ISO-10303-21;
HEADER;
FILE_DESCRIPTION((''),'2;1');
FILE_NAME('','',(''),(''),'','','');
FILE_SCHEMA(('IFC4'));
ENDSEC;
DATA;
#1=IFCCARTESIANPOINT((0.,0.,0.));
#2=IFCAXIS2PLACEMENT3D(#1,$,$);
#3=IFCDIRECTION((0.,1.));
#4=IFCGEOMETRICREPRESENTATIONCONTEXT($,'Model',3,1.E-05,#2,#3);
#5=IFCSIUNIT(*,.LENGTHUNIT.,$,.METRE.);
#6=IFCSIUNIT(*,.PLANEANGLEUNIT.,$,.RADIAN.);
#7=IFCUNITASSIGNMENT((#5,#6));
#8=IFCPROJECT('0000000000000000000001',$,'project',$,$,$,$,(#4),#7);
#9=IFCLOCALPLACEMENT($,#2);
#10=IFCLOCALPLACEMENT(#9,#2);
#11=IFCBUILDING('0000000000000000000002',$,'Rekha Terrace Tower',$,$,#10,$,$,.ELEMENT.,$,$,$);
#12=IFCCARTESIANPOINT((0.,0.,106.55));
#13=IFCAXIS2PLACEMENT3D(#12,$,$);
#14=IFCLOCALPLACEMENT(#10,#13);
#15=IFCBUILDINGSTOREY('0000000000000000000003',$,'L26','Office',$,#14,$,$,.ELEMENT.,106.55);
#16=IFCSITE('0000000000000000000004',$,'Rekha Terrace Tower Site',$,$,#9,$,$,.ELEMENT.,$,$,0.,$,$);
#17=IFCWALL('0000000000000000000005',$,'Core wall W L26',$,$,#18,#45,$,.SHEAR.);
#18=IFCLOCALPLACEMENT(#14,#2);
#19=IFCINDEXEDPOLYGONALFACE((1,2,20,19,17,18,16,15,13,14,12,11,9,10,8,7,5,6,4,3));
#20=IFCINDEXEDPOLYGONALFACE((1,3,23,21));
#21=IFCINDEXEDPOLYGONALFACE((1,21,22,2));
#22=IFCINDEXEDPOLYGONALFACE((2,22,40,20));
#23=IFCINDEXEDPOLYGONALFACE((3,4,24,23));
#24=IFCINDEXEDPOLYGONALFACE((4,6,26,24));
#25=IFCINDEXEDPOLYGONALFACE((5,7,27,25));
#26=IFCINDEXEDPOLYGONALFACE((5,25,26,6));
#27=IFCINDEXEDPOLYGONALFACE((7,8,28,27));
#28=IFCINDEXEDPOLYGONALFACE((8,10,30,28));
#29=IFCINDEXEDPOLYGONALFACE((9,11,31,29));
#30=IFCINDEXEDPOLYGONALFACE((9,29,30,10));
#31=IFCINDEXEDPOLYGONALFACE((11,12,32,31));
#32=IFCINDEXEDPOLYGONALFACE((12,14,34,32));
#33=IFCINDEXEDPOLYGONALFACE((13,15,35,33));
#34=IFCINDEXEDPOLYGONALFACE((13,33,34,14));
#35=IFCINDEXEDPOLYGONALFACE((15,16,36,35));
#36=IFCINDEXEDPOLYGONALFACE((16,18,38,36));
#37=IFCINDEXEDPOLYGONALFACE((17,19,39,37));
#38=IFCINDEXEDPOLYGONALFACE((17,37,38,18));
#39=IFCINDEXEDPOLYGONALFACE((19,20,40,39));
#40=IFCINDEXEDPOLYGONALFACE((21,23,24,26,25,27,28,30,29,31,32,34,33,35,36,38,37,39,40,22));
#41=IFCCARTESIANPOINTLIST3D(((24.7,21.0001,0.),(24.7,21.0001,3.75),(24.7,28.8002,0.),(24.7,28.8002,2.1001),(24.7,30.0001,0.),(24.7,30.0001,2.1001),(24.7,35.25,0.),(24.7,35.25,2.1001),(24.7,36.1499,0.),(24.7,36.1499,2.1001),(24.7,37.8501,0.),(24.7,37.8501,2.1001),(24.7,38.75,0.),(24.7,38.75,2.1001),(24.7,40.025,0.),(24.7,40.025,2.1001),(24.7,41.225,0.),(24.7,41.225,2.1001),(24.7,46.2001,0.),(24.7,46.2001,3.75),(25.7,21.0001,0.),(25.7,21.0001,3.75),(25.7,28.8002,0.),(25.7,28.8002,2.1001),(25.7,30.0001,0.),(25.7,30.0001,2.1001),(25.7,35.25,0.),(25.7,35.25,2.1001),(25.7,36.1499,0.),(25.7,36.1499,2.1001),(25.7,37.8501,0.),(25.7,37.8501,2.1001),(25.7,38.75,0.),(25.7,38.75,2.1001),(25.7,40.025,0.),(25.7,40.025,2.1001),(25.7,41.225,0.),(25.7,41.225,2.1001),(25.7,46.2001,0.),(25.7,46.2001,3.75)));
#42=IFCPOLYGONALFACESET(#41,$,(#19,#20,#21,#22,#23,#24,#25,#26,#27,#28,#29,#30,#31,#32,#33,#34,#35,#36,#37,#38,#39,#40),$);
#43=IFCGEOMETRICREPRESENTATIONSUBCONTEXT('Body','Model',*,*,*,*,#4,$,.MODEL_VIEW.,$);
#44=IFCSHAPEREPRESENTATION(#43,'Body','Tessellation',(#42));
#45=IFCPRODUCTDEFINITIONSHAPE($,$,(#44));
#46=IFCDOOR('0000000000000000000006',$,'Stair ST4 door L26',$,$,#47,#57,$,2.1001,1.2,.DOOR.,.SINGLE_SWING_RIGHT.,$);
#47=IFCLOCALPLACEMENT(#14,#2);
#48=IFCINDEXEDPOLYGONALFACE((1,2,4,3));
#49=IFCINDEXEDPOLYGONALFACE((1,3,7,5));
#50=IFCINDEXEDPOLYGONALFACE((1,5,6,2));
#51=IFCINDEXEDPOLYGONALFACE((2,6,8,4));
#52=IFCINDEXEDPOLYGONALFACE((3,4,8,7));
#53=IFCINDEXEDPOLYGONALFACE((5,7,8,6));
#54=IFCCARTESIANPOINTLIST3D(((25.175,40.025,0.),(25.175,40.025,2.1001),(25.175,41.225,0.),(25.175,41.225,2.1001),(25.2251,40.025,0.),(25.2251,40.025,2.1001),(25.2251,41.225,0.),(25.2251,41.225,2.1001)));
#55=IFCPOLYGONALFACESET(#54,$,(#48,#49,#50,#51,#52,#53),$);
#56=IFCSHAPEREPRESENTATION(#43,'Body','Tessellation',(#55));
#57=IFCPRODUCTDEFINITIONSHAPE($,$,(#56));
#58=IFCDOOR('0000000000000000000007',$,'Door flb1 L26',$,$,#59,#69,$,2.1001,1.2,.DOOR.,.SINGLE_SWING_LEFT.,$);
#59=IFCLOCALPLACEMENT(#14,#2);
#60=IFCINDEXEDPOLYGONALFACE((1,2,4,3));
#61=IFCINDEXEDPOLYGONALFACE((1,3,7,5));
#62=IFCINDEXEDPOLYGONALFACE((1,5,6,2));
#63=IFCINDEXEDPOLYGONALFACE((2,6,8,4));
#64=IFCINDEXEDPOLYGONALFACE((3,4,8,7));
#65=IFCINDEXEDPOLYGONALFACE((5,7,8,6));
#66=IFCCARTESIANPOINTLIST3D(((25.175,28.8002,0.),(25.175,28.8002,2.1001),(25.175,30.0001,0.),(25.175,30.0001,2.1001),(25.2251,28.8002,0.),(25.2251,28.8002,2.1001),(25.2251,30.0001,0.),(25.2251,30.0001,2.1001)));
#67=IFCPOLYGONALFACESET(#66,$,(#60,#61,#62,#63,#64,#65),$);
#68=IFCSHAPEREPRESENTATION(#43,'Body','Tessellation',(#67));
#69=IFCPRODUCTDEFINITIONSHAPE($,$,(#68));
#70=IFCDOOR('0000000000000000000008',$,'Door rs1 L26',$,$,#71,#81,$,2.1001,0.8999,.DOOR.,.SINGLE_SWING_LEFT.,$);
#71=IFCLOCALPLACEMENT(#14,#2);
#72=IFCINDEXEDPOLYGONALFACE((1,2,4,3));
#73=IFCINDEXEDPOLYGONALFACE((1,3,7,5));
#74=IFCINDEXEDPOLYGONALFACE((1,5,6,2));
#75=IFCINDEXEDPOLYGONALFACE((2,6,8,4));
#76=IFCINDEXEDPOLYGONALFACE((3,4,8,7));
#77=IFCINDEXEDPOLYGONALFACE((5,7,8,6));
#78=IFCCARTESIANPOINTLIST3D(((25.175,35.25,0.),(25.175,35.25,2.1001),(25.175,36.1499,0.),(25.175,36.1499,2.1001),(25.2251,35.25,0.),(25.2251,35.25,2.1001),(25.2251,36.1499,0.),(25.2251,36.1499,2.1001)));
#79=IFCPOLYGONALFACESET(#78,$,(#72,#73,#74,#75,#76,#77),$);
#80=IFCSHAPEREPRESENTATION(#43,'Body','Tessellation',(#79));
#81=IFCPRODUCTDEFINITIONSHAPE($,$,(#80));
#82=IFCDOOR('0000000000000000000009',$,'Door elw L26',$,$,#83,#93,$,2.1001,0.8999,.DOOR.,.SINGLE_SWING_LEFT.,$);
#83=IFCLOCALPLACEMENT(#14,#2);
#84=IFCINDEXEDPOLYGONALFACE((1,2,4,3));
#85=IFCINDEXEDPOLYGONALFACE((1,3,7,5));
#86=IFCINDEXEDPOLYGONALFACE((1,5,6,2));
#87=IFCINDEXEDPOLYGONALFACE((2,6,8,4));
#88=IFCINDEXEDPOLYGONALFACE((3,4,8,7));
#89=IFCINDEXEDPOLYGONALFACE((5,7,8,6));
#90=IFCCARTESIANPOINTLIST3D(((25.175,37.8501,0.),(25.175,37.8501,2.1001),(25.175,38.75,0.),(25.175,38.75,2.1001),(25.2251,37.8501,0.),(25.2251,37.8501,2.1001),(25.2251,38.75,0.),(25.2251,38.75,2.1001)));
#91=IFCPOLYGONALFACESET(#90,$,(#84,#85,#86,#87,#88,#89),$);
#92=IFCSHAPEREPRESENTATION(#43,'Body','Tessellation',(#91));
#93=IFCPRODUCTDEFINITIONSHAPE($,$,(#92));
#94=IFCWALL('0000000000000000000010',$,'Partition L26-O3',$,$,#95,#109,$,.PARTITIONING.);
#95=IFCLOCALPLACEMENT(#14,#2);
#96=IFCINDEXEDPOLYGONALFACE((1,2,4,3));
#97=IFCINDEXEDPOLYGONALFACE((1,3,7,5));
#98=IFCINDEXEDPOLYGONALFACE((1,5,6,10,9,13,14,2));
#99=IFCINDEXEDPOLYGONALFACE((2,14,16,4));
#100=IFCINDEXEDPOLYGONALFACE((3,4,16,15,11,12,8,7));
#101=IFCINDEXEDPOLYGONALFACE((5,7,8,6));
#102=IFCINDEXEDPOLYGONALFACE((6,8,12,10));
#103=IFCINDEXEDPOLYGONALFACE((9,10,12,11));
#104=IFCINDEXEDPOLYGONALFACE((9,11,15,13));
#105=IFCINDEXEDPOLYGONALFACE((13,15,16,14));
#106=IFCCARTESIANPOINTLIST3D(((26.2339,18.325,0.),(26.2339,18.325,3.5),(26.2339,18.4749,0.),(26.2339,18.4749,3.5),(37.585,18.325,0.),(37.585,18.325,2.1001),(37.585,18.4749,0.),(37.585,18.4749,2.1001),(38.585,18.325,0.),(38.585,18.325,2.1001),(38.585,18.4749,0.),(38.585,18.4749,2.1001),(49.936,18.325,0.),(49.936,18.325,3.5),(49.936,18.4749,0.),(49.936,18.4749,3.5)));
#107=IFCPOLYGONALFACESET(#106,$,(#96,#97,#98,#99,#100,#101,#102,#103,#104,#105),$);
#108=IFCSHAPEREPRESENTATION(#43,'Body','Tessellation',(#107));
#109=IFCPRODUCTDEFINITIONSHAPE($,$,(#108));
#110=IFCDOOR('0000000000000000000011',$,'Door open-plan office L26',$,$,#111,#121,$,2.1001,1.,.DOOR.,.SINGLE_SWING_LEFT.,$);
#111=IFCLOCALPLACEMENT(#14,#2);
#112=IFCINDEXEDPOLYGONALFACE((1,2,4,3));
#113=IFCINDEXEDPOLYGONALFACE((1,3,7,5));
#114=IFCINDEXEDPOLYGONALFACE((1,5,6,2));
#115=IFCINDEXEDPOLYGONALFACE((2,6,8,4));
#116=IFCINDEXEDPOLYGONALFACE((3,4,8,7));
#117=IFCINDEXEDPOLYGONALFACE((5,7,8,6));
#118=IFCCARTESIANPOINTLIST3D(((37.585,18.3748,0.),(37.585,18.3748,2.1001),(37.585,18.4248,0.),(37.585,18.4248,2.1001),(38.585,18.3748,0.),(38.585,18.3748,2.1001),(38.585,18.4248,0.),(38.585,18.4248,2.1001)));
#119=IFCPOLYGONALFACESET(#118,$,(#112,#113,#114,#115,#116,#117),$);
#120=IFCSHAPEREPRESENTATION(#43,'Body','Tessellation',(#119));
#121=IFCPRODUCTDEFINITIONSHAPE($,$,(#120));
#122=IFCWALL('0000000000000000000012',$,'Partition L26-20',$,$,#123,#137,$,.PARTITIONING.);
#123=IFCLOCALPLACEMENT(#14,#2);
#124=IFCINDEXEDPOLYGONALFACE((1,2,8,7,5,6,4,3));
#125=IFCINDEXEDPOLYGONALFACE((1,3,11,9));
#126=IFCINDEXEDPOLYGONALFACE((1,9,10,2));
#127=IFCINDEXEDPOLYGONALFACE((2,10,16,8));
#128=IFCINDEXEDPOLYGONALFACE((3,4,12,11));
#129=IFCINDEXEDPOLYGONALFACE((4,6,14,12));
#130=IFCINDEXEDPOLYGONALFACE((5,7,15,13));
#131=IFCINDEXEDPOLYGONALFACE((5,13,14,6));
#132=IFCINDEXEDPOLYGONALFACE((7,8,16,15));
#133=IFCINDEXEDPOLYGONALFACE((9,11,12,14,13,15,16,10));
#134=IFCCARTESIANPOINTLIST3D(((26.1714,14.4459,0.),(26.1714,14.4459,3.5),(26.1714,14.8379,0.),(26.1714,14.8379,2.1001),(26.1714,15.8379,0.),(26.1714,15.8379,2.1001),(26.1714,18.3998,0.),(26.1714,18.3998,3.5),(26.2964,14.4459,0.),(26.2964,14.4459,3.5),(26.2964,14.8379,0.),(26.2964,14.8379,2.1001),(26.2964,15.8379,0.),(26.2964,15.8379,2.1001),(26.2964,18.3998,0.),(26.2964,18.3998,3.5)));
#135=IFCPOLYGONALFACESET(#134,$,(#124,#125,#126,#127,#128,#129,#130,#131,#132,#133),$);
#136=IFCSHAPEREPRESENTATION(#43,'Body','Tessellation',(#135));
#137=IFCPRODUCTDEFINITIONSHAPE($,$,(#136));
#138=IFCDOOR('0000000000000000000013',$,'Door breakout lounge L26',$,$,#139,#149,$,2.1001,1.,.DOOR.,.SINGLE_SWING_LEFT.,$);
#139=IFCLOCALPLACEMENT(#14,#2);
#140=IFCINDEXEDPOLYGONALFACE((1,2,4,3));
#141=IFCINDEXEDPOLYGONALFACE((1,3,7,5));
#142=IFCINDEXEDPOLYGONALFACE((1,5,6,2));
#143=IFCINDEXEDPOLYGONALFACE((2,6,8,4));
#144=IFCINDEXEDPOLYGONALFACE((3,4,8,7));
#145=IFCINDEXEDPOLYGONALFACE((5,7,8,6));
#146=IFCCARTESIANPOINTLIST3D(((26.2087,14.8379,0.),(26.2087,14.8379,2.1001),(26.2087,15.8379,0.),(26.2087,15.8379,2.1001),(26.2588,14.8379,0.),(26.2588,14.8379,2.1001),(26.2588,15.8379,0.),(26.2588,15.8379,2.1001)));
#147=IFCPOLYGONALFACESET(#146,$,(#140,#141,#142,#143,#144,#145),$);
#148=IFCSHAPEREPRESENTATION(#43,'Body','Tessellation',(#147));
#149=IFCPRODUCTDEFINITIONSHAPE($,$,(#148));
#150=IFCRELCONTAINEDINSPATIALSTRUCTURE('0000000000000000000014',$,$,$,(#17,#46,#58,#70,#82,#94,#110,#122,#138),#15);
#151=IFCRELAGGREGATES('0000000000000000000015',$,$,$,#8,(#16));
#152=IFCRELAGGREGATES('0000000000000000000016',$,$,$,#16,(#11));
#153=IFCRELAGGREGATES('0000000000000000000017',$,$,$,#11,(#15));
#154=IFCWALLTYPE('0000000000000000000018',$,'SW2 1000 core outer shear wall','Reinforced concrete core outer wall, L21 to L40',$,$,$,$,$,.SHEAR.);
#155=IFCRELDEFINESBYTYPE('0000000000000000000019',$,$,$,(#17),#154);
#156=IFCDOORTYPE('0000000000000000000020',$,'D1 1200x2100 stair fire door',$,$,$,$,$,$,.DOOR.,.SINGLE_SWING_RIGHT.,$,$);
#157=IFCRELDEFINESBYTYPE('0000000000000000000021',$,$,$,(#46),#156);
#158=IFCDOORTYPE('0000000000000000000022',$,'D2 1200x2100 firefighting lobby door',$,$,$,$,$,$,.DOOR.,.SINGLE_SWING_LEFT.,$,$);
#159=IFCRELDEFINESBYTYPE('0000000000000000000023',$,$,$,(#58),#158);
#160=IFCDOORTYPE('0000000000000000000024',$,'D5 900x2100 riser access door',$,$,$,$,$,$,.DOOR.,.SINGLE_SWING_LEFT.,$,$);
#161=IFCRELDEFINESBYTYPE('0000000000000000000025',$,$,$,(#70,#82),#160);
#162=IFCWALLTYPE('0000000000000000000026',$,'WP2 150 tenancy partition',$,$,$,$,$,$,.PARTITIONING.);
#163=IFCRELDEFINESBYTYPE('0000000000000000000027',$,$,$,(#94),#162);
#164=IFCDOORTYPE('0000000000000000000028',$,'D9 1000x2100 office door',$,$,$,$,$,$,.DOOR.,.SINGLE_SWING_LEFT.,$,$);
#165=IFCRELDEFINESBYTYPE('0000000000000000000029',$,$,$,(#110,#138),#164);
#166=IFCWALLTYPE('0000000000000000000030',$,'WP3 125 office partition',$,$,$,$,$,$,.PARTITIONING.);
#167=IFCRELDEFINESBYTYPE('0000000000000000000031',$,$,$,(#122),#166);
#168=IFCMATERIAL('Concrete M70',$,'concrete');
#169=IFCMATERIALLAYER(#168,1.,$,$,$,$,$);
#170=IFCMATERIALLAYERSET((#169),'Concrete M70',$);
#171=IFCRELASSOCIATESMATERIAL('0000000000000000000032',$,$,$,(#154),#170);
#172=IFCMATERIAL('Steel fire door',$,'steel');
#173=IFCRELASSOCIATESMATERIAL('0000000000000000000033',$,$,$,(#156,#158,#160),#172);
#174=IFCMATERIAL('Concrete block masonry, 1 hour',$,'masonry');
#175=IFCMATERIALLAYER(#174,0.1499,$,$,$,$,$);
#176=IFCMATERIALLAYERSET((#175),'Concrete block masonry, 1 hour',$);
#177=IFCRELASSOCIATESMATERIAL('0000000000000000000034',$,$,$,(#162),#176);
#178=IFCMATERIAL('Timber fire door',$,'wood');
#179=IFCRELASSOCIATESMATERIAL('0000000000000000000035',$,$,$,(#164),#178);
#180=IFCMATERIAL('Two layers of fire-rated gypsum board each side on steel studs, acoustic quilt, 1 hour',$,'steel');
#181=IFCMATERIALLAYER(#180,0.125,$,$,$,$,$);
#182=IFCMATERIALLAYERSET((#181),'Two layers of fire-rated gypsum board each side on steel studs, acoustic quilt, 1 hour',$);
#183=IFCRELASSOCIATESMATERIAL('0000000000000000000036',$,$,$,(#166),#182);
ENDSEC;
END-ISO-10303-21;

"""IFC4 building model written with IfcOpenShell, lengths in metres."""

from ifc_helpers import new_model, si_unit, direction, frame, frame_2d, origin, place, context, subcontext, project, spatial, rectangle, extrude, material, layer, layer_set, type_object, element, fill, save


model = new_model("IFC4")

# Units and contexts
model_context = context("Model", 3, precision=1e-05, world=origin(), true_north=direction((0.0, 1.0)))
body_context = subcontext(model_context, "Body", "Model", "MODEL_VIEW")
ifc_project = project(units=[si_unit("LENGTHUNIT", "METRE"), si_unit("PLANEANGLEUNIT", "RADIAN")], contexts=[model_context])

# Site, building, storey
site_placement = place(None, origin())
site = spatial("IfcSite", under=ifc_project, at=site_placement, Name="Rekha Terrace Tower Site", CompositionType="ELEMENT", RefElevation=0.0)
building_placement = place(site_placement, origin())
building = spatial("IfcBuilding", under=site, at=building_placement, Name="Rekha Terrace Tower", CompositionType="ELEMENT")
storey_placement = place(building_placement, frame((0.0, 0.0, 106.55)))
storey = spatial("IfcBuildingStorey", under=building, at=storey_placement, Name="L26", Description="Office", CompositionType="ELEMENT", Elevation=106.55)

# Shared definitions
ifc_material_1 = material(Name="Concrete M70", Category="concrete")

# Shared definitions
ifc_layer_1 = layer(ifc_material_1, 1.0)
ifc_layer_set_1 = layer_set([ifc_layer_1], Name="Concrete M70")
wall_type_1 = type_object("IfcWallType", Name="SW2 1000 core outer shear wall", Description="Reinforced concrete core outer wall, L21 to L40", PredefinedType="SHEAR", material=ifc_layer_set_1)

# Wall, openings, doors
wall_1_placement = place(storey_placement, frame((25.2, 21.0, 0.0), z_axis=(0.0, 0.0, 1.0), x_axis=(0.0, 1.0, 0.0)))
wall_1 = element("IfcWall", 1, at=wall_1_placement, inside=storey, type_object=wall_type_1, Name="Core wall W L26", PredefinedType="SHEAR", context=body_context, shape_type="SweptSolid", body=[
    extrude(rectangle(XDim=25.2, YDim=1.0, at=frame_2d((12.6001, 0.0))), origin(), (0.0, 0.0, 1.0), 3.75),
])
opening_1_placement = place(wall_1_placement, frame((7.8, 0.0, 0.0)))
opening_1 = element("IfcOpeningElement", 2, at=opening_1_placement, cuts=wall_1, PredefinedType="OPENING", context=body_context, shape_type="SweptSolid", body=[
    extrude(rectangle(XDim=1.2, YDim=2.1001, at=frame_2d((0.6001, 1.05))), frame((0.0, 0.51, 0.0), z_axis=(0.0, -1.0, 0.0), x_axis=(1.0, 0.0, 0.0)), (0.0, 0.0, 1.0), 1.02),
])
opening_2_placement = place(wall_1_placement, frame((14.25, 0.0, 0.0)))
opening_2 = element("IfcOpeningElement", 3, at=opening_2_placement, cuts=wall_1, PredefinedType="OPENING", context=body_context, shape_type="SweptSolid", body=[
    extrude(rectangle(XDim=0.8999, YDim=2.1001, at=frame_2d((0.45, 1.05))), frame((0.0, 0.51, 0.0), z_axis=(0.0, -1.0, 0.0), x_axis=(1.0, 0.0, 0.0)), (0.0, 0.0, 1.0), 1.02),
])
opening_3_placement = place(wall_1_placement, frame((16.8501, 0.0, 0.0)))
opening_3 = element("IfcOpeningElement", 4, at=opening_3_placement, cuts=wall_1, PredefinedType="OPENING", context=body_context, shape_type="SweptSolid", body=[
    extrude(rectangle(XDim=0.8999, YDim=2.1001, at=frame_2d((0.45, 1.05))), frame((0.0, 0.51, 0.0), z_axis=(0.0, -1.0, 0.0), x_axis=(1.0, 0.0, 0.0)), (0.0, 0.0, 1.0), 1.02),
])
opening_4_placement = place(wall_1_placement, frame((19.0249, 0.0, 0.0)))
opening_4 = element("IfcOpeningElement", 5, at=opening_4_placement, cuts=wall_1, PredefinedType="OPENING", context=body_context, shape_type="SweptSolid", body=[
    extrude(rectangle(XDim=1.2, YDim=2.1001, at=frame_2d((0.6001, 1.05))), frame((0.0, 0.51, 0.0), z_axis=(0.0, -1.0, 0.0), x_axis=(1.0, 0.0, 0.0)), (0.0, 0.0, 1.0), 1.02),
])
ifc_material_2 = material(Name="Steel fire door", Category="steel")
door_type_1 = type_object("IfcDoorType", Name="D1 1200x2100 stair fire door", OperationType="SINGLE_SWING_RIGHT", PredefinedType="DOOR", material=ifc_material_2)
door_1_placement = place(opening_4_placement, origin())
door_1 = element("IfcDoor", 6, at=door_1_placement, inside=storey, type_object=door_type_1, Name="Stair ST4 door L26", OperationType="SINGLE_SWING_RIGHT", OverallHeight=2.1001, OverallWidth=1.2, PredefinedType="DOOR", context=body_context, shape_type="SweptSolid", body=[
    extrude(rectangle(XDim=1.2, YDim=2.1001, at=frame_2d((0.6001, 1.05))), frame((0.0, 0.0249, 0.0), z_axis=(0.0, -1.0, 0.0), x_axis=(1.0, 0.0, 0.0)), (0.0, 0.0, 1.0), 0.05),
])
fill(opening_4, door_1)
door_type_2 = type_object("IfcDoorType", Name="D2 1200x2100 firefighting lobby door", OperationType="SINGLE_SWING_LEFT", PredefinedType="DOOR", material=ifc_material_2)
door_2_placement = place(opening_1_placement, origin())
door_2 = element("IfcDoor", 7, at=door_2_placement, inside=storey, type_object=door_type_2, Name="Door flb1 L26", OperationType="SINGLE_SWING_LEFT", OverallHeight=2.1001, OverallWidth=1.2, PredefinedType="DOOR", context=body_context, shape_type="SweptSolid", body=[
    extrude(rectangle(XDim=1.2, YDim=2.1001, at=frame_2d((0.6001, 1.05))), frame((0.0, 0.0249, 0.0), z_axis=(0.0, -1.0, 0.0), x_axis=(1.0, 0.0, 0.0)), (0.0, 0.0, 1.0), 0.05),
])
fill(opening_1, door_2)
door_type_3 = type_object("IfcDoorType", Name="D5 900x2100 riser access door", OperationType="SINGLE_SWING_LEFT", PredefinedType="DOOR", material=ifc_material_2)
door_3_placement = place(opening_2_placement, origin())
door_3 = element("IfcDoor", 8, at=door_3_placement, inside=storey, type_object=door_type_3, Name="Door rs1 L26", OperationType="SINGLE_SWING_LEFT", OverallHeight=2.1001, OverallWidth=0.8999, PredefinedType="DOOR", context=body_context, shape_type="SweptSolid", body=[
    extrude(rectangle(XDim=0.8999, YDim=2.1001, at=frame_2d((0.45, 1.05))), frame((0.0, 0.0249, 0.0), z_axis=(0.0, -1.0, 0.0), x_axis=(1.0, 0.0, 0.0)), (0.0, 0.0, 1.0), 0.05),
])
fill(opening_2, door_3)
door_4_placement = place(opening_3_placement, origin())
door_4 = element("IfcDoor", 9, at=door_4_placement, inside=storey, type_object=door_type_3, Name="Door elw L26", OperationType="SINGLE_SWING_LEFT", OverallHeight=2.1001, OverallWidth=0.8999, PredefinedType="DOOR", context=body_context, shape_type="SweptSolid", body=[
    extrude(rectangle(XDim=0.8999, YDim=2.1001, at=frame_2d((0.45, 1.05))), frame((0.0, 0.0249, 0.0), z_axis=(0.0, -1.0, 0.0), x_axis=(1.0, 0.0, 0.0)), (0.0, 0.0, 1.0), 0.05),
])
fill(opening_3, door_4)

# Walls, openings, doors
ifc_material_3 = material(Name="Concrete block masonry, 1 hour", Category="masonry")
ifc_layer_2 = layer(ifc_material_3, 0.1499)
ifc_layer_set_2 = layer_set([ifc_layer_2], Name="Concrete block masonry, 1 hour")
wall_type_2 = type_object("IfcWallType", Name="WP2 150 tenancy partition", PredefinedType="PARTITIONING", material=ifc_layer_set_2)
wall_2_placement = place(storey_placement, frame((26.2339, 18.3999, 0.0), z_axis=(0.0, 0.0, 1.0), x_axis=(1.0, 0.0, 0.0)))
wall_2 = element("IfcWall", 10, at=wall_2_placement, inside=storey, type_object=wall_type_2, Name="Partition L26-O3", PredefinedType="PARTITIONING", context=body_context, shape_type="SweptSolid", body=[
    extrude(rectangle(XDim=23.7021, YDim=0.1499, at=frame_2d((11.8511, 0.0))), origin(), (0.0, 0.0, 1.0), 3.5),
])
opening_5_placement = place(wall_2_placement, frame((11.3511, 0.0, 0.0)))
opening_5 = element("IfcOpeningElement", 11, at=opening_5_placement, cuts=wall_2, PredefinedType="OPENING", context=body_context, shape_type="SweptSolid", body=[
    extrude(rectangle(XDim=1.0, YDim=2.1001, at=frame_2d((0.5, 1.05))), frame((0.0, 0.085, 0.0), z_axis=(0.0, -1.0, 0.0), x_axis=(1.0, 0.0, 0.0)), (0.0, 0.0, 1.0), 0.1699),
])
ifc_material_4 = material(Name="Timber fire door", Category="wood")
door_type_4 = type_object("IfcDoorType", Name="D9 1000x2100 office door", OperationType="SINGLE_SWING_LEFT", PredefinedType="DOOR", material=ifc_material_4)
door_5_placement = place(opening_5_placement, origin())
door_5 = element("IfcDoor", 12, at=door_5_placement, inside=storey, type_object=door_type_4, Name="Door open-plan office L26", OperationType="SINGLE_SWING_LEFT", OverallHeight=2.1001, OverallWidth=1.0, PredefinedType="DOOR", context=body_context, shape_type="SweptSolid", body=[
    extrude(rectangle(XDim=1.0, YDim=2.1001, at=frame_2d((0.5, 1.05))), frame((0.0, 0.0249, 0.0), z_axis=(0.0, -1.0, 0.0), x_axis=(1.0, 0.0, 0.0)), (0.0, 0.0, 1.0), 0.05),
])
fill(opening_5, door_5)
ifc_material_5 = material(Name="Two layers of fire-rated gypsum board each side on steel studs, acoustic quilt, 1 hour", Category="steel")
ifc_layer_3 = layer(ifc_material_5, 0.125)
ifc_layer_set_3 = layer_set([ifc_layer_3], Name="Two layers of fire-rated gypsum board each side on steel studs, acoustic quilt, 1 hour")
wall_type_3 = type_object("IfcWallType", Name="WP3 125 office partition", PredefinedType="PARTITIONING", material=ifc_layer_set_3)
wall_3_placement = place(storey_placement, frame((26.2339, 18.3999, 0.0), z_axis=(0.0, 0.0, 1.0), x_axis=(0.0, -1.0, 0.0)))
wall_3 = element("IfcWall", 13, at=wall_3_placement, inside=storey, type_object=wall_type_3, Name="Partition L26-20", PredefinedType="PARTITIONING", context=body_context, shape_type="SweptSolid", body=[
    extrude(rectangle(XDim=3.9539, YDim=0.125, at=frame_2d((1.9771, 0.0))), origin(), (0.0, 0.0, 1.0), 3.5),
])
opening_6_placement = place(wall_3_placement, frame((2.562, 0.0, 0.0)))
opening_6 = element("IfcOpeningElement", 14, at=opening_6_placement, cuts=wall_3, PredefinedType="OPENING", context=body_context, shape_type="SweptSolid", body=[
    extrude(rectangle(XDim=1.0, YDim=2.1001, at=frame_2d((0.5, 1.05))), frame((0.0, 0.0725, 0.0), z_axis=(0.0, -1.0, 0.0), x_axis=(1.0, 0.0, 0.0)), (0.0, 0.0, 1.0), 0.145),
])
door_6_placement = place(opening_6_placement, origin())
door_6 = element("IfcDoor", 15, at=door_6_placement, inside=storey, type_object=door_type_4, Name="Door breakout lounge L26", OperationType="SINGLE_SWING_LEFT", OverallHeight=2.1001, OverallWidth=1.0, PredefinedType="DOOR", context=body_context, shape_type="SweptSolid", body=[
    extrude(rectangle(XDim=1.0, YDim=2.1001, at=frame_2d((0.5, 1.05))), frame((0.0, 0.0249, 0.0), z_axis=(0.0, -1.0, 0.0), x_axis=(1.0, 0.0, 0.0)), (0.0, 0.0, 1.0), 0.05),
])
fill(opening_6, door_6)

save(model, "model.ifc")
